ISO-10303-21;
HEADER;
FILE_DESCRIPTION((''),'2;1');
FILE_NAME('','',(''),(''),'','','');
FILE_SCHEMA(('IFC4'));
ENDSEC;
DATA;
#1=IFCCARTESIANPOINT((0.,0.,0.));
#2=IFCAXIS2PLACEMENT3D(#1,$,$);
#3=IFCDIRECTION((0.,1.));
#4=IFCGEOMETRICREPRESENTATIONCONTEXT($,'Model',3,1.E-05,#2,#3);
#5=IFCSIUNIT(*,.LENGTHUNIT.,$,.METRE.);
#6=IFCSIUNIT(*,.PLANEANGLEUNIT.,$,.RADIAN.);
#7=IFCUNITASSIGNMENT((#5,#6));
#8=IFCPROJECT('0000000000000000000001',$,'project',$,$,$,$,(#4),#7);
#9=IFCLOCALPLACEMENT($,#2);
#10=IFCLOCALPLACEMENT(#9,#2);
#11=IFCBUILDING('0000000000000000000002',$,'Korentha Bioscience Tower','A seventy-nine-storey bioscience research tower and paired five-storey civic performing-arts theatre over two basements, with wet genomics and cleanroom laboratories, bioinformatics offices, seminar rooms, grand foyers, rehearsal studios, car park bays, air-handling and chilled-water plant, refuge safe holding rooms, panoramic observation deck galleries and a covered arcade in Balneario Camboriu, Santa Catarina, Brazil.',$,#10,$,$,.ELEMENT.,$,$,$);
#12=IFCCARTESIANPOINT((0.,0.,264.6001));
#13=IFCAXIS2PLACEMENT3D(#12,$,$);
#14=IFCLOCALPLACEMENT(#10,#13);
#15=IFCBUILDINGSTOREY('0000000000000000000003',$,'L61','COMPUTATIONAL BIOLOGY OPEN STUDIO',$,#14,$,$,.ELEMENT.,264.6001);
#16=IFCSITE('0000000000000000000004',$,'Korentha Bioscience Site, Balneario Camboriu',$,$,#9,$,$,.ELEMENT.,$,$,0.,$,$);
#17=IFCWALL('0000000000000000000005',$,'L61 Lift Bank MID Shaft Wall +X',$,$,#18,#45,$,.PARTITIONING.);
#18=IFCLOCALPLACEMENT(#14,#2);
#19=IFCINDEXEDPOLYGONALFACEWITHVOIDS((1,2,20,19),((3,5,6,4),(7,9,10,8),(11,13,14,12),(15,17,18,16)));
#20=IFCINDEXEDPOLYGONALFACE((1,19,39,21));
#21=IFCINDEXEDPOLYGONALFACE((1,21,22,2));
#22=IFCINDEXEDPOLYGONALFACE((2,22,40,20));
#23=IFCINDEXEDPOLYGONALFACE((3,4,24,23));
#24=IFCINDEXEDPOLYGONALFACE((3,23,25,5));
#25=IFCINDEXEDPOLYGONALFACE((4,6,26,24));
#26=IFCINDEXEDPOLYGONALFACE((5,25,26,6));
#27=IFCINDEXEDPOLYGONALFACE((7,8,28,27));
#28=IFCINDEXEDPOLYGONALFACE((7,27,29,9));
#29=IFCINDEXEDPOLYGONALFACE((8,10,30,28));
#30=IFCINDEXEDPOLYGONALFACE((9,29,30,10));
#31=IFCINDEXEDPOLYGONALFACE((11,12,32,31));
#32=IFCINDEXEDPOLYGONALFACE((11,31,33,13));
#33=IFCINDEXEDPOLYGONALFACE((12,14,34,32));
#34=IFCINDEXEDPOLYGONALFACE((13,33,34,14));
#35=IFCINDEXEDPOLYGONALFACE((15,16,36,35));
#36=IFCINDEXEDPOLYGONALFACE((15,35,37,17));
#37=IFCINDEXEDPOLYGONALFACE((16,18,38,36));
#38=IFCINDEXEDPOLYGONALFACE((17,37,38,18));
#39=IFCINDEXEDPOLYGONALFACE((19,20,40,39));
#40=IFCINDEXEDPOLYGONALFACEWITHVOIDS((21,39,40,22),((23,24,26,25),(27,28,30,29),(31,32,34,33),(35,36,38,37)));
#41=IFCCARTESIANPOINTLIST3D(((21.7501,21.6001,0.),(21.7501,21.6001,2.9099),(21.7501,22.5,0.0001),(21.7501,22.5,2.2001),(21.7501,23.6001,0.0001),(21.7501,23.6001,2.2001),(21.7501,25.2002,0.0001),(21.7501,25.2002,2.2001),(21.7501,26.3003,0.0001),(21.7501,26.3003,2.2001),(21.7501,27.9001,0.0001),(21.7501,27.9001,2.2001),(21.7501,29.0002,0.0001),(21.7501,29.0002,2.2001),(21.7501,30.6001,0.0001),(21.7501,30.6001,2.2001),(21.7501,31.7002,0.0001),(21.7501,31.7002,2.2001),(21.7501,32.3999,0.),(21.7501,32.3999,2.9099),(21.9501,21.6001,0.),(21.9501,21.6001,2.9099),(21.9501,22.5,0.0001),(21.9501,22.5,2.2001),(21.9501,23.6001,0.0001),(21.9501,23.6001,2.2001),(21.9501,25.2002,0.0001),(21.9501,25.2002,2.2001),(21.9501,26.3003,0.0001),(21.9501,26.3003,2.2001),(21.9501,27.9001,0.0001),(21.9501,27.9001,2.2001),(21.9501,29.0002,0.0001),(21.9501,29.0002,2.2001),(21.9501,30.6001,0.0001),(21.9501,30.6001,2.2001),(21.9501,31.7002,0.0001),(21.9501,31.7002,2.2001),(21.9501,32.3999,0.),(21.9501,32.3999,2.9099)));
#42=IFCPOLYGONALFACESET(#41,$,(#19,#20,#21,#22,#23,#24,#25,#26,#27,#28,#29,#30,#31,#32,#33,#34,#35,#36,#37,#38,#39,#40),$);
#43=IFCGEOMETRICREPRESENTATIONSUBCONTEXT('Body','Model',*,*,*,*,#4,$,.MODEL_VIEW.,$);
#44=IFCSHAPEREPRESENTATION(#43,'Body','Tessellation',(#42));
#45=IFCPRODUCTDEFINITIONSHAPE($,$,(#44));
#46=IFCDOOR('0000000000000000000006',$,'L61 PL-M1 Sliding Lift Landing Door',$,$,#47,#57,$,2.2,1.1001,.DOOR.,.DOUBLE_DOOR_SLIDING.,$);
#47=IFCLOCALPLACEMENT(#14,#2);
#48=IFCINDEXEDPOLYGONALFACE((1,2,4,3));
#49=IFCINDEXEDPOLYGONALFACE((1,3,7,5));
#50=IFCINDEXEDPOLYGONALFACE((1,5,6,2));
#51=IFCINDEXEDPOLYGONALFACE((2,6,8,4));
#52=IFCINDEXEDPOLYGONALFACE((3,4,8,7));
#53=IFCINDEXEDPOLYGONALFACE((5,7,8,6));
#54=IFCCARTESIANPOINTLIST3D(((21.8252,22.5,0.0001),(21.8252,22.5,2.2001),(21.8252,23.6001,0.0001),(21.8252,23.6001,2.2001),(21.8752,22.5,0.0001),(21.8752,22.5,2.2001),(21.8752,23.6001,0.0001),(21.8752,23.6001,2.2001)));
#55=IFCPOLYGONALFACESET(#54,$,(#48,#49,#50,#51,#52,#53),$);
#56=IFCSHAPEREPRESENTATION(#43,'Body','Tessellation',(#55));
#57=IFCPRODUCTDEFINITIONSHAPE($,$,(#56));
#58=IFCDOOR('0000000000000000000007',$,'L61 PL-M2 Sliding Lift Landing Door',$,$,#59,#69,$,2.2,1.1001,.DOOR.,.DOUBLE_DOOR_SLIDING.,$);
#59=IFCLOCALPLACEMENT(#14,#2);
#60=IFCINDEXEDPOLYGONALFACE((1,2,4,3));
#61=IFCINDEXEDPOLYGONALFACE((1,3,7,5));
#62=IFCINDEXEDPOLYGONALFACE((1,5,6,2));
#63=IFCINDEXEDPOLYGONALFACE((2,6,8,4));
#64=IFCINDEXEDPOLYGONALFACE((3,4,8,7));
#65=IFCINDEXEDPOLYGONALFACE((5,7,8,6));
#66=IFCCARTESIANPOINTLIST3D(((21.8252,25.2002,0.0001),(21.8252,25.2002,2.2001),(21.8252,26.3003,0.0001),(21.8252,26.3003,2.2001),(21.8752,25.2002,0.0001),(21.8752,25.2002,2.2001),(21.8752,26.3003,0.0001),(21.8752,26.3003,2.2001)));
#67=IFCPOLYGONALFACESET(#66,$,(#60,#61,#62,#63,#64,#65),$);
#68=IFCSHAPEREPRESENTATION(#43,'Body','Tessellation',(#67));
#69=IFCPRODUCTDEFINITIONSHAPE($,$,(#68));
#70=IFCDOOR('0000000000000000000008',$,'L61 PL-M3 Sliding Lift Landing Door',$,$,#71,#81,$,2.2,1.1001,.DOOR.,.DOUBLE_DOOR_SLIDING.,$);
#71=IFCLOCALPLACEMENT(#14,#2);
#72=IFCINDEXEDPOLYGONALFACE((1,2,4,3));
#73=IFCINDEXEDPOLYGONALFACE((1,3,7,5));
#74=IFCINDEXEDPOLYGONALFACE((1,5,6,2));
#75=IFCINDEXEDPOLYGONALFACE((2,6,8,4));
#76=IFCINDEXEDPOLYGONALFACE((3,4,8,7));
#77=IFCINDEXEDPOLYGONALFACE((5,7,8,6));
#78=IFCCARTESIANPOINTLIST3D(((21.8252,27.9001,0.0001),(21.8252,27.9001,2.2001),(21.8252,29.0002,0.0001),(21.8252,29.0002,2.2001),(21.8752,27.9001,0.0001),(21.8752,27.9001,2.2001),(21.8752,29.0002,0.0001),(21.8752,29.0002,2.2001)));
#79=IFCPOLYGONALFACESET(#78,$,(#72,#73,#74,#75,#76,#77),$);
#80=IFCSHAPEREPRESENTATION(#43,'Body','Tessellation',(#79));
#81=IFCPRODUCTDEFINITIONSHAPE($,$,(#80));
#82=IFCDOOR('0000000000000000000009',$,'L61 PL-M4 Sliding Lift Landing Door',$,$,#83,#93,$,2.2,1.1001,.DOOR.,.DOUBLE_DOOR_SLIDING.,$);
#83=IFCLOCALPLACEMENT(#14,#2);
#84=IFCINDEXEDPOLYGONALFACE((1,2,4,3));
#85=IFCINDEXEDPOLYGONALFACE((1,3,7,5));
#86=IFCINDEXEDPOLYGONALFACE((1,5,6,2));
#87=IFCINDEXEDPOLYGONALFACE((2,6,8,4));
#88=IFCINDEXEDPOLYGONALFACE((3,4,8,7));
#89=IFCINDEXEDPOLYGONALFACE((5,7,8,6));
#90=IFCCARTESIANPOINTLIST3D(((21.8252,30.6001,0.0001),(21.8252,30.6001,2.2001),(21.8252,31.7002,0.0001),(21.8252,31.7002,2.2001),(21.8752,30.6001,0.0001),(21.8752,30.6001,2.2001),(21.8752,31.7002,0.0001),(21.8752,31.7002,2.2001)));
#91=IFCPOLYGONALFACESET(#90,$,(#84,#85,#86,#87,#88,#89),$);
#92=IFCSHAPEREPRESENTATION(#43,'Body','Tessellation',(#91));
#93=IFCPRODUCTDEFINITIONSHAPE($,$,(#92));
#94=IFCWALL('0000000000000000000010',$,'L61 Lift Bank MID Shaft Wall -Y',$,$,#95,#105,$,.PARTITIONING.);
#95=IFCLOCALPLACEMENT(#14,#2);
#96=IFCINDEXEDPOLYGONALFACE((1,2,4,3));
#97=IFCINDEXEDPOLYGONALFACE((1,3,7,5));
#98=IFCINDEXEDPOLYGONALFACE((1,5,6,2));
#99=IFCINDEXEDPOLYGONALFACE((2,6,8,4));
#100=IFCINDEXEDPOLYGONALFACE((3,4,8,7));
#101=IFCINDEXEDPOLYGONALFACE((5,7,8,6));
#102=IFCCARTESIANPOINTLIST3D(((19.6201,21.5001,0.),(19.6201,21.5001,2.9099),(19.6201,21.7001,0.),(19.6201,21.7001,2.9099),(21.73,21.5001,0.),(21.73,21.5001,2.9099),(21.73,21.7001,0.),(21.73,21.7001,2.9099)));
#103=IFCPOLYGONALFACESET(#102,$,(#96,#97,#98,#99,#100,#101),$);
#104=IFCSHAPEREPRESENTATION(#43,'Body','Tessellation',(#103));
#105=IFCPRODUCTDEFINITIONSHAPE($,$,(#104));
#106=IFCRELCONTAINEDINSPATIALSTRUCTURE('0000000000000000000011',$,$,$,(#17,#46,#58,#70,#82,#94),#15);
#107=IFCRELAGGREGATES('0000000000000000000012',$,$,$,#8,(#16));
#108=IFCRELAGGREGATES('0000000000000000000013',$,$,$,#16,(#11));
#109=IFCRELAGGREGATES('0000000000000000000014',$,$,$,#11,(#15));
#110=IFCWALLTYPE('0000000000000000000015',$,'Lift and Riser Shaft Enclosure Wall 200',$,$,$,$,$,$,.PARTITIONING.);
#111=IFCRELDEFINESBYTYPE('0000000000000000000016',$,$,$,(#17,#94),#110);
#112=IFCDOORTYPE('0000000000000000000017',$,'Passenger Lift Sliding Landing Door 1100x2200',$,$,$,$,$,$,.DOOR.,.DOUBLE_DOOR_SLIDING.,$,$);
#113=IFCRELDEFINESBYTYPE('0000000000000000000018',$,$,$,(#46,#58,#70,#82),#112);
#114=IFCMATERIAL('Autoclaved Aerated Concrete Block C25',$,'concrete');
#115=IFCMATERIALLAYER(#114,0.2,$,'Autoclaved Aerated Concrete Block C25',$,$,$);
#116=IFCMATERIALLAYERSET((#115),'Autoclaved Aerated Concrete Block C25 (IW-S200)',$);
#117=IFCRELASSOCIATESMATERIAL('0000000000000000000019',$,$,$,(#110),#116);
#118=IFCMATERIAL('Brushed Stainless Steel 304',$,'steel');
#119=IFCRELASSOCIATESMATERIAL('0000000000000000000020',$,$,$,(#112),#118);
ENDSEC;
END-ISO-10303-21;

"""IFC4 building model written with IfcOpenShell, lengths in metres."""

from ifc_helpers import new_model, si_unit, direction, frame, frame_2d, origin, place, context, subcontext, project, spatial, rectangle, extrude, material, layer, layer_set, type_object, element, fill, save


model = new_model("IFC4")

# Units and contexts
model_context = context("Model", 3, precision=1e-05, world=origin(), true_north=direction((0.0, 1.0)))
body_context = subcontext(model_context, "Body", "Model", "MODEL_VIEW")
ifc_project = project(units=[si_unit("LENGTHUNIT", "METRE"), si_unit("PLANEANGLEUNIT", "RADIAN")], contexts=[model_context])

# Site, building, storey
site_placement = place(None, origin())
site = spatial("IfcSite", under=ifc_project, at=site_placement, Name="Korentha Bioscience Site, Balneario Camboriu", CompositionType="ELEMENT", RefElevation=0.0)
building_placement = place(site_placement, origin())
building = spatial("IfcBuilding", under=site, at=building_placement, Name="Korentha Bioscience Tower", Description="A seventy-nine-storey bioscience research tower and paired five-storey civic performing-arts theatre over two basements, with wet genomics and cleanroom laboratories, bioinformatics offices, seminar rooms, grand foyers, rehearsal studios, car park bays, air-handling and chilled-water plant, refuge safe holding rooms, panoramic observation deck galleries and a covered arcade in Balneario Camboriu, Santa Catarina, Brazil.", CompositionType="ELEMENT")
storey_placement = place(building_placement, frame((0.0, 0.0, 264.6001)))
storey = spatial("IfcBuildingStorey", under=building, at=storey_placement, Name="L61", Description="COMPUTATIONAL BIOLOGY OPEN STUDIO", CompositionType="ELEMENT", Elevation=264.6001)

# Shared definitions
ifc_material_1 = material(Name="Autoclaved Aerated Concrete Block C25", Category="concrete")
ifc_layer_1 = layer(ifc_material_1, 0.2, Name="Autoclaved Aerated Concrete Block C25")
ifc_layer_set_1 = layer_set([ifc_layer_1], Name="Autoclaved Aerated Concrete Block C25 (IW-S200)")
wall_type_1 = type_object("IfcWallType", Name="Lift and Riser Shaft Enclosure Wall 200", PredefinedType="PARTITIONING", material=ifc_layer_set_1)

# Wall, openings, doors
wall_1_placement = place(storey_placement, frame((21.8501, 21.6001, 0.0), z_axis=(0.0, 0.0, 1.0), x_axis=(0.0, 1.0, 0.0)))
wall_1 = element("IfcWall", 1, at=wall_1_placement, inside=storey, type_object=wall_type_1, Name="L61 Lift Bank MID Shaft Wall +X", PredefinedType="PARTITIONING", context=body_context, shape_type="SweptSolid", body=[
    extrude(rectangle(XDim=10.7998, YDim=0.2, at=frame_2d((5.3999, 0.0))), origin(), (0.0, 0.0, 1.0), 2.9099),
])
opening_1_placement = place(wall_1_placement, frame((0.8999, 0.0, 0.0)))
opening_1 = element("IfcOpeningElement", 2, at=opening_1_placement, cuts=wall_1, PredefinedType="OPENING", context=body_context, shape_type="SweptSolid", body=[
    extrude(rectangle(XDim=1.1001, YDim=2.2, at=frame_2d((0.55, 1.1001))), frame((0.0, 0.1147, 0.0), z_axis=(0.0, -1.0, 0.0), x_axis=(1.0, 0.0, 0.0)), (0.0, 0.0, 1.0), 0.2297),
])
opening_2_placement = place(wall_1_placement, frame((3.6001, 0.0, 0.0)))
opening_2 = element("IfcOpeningElement", 3, at=opening_2_placement, cuts=wall_1, PredefinedType="OPENING", context=body_context, shape_type="SweptSolid", body=[
    extrude(rectangle(XDim=1.1001, YDim=2.2, at=frame_2d((0.55, 1.1001))), frame((0.0, 0.1147, 0.0), z_axis=(0.0, -1.0, 0.0), x_axis=(1.0, 0.0, 0.0)), (0.0, 0.0, 1.0), 0.2297),
])
opening_3_placement = place(wall_1_placement, frame((6.3, 0.0, 0.0)))
opening_3 = element("IfcOpeningElement", 4, at=opening_3_placement, cuts=wall_1, PredefinedType="OPENING", context=body_context, shape_type="SweptSolid", body=[
    extrude(rectangle(XDim=1.1001, YDim=2.2, at=frame_2d((0.55, 1.1001))), frame((0.0, 0.1147, 0.0), z_axis=(0.0, -1.0, 0.0), x_axis=(1.0, 0.0, 0.0)), (0.0, 0.0, 1.0), 0.2297),
])
opening_4_placement = place(wall_1_placement, frame((9.0, 0.0, 0.0)))
opening_4 = element("IfcOpeningElement", 5, at=opening_4_placement, cuts=wall_1, PredefinedType="OPENING", context=body_context, shape_type="SweptSolid", body=[
    extrude(rectangle(XDim=1.1001, YDim=2.2, at=frame_2d((0.55, 1.1001))), frame((0.0, 0.1147, 0.0), z_axis=(0.0, -1.0, 0.0), x_axis=(1.0, 0.0, 0.0)), (0.0, 0.0, 1.0), 0.2297),
])
ifc_material_2 = material(Name="Brushed Stainless Steel 304", Category="steel")
door_type_1 = type_object("IfcDoorType", Name="Passenger Lift Sliding Landing Door 1100x2200", OperationType="DOUBLE_DOOR_SLIDING", PredefinedType="DOOR", material=ifc_material_2)
door_1_placement = place(opening_1_placement, origin())
door_1 = element("IfcDoor", 6, at=door_1_placement, inside=storey, type_object=door_type_1, Name="L61 PL-M1 Sliding Lift Landing Door", OperationType="DOUBLE_DOOR_SLIDING", OverallHeight=2.2, OverallWidth=1.1001, PredefinedType="DOOR", context=body_context, shape_type="SweptSolid", body=[
    extrude(rectangle(XDim=1.1001, YDim=2.2, at=frame_2d((0.55, 1.1001))), frame((0.0, 0.0249, 0.0), z_axis=(0.0, -1.0, 0.0), x_axis=(1.0, 0.0, 0.0)), (0.0, 0.0, 1.0), 0.05),
])
fill(opening_1, door_1)
door_2_placement = place(opening_2_placement, origin())
door_2 = element("IfcDoor", 7, at=door_2_placement, inside=storey, type_object=door_type_1, Name="L61 PL-M2 Sliding Lift Landing Door", OperationType="DOUBLE_DOOR_SLIDING", OverallHeight=2.2, OverallWidth=1.1001, PredefinedType="DOOR", context=body_context, shape_type="SweptSolid", body=[
    extrude(rectangle(XDim=1.1001, YDim=2.2, at=frame_2d((0.55, 1.1001))), frame((0.0, 0.0249, 0.0), z_axis=(0.0, -1.0, 0.0), x_axis=(1.0, 0.0, 0.0)), (0.0, 0.0, 1.0), 0.05),
])
fill(opening_2, door_2)
door_3_placement = place(opening_3_placement, origin())
door_3 = element("IfcDoor", 8, at=door_3_placement, inside=storey, type_object=door_type_1, Name="L61 PL-M3 Sliding Lift Landing Door", OperationType="DOUBLE_DOOR_SLIDING", OverallHeight=2.2, OverallWidth=1.1001, PredefinedType="DOOR", context=body_context, shape_type="SweptSolid", body=[
    extrude(rectangle(XDim=1.1001, YDim=2.2, at=frame_2d((0.55, 1.1001))), frame((0.0, 0.0249, 0.0), z_axis=(0.0, -1.0, 0.0), x_axis=(1.0, 0.0, 0.0)), (0.0, 0.0, 1.0), 0.05),
])
fill(opening_3, door_3)
door_4_placement = place(opening_4_placement, origin())
door_4 = element("IfcDoor", 9, at=door_4_placement, inside=storey, type_object=door_type_1, Name="L61 PL-M4 Sliding Lift Landing Door", OperationType="DOUBLE_DOOR_SLIDING", OverallHeight=2.2, OverallWidth=1.1001, PredefinedType="DOOR", context=body_context, shape_type="SweptSolid", body=[
    extrude(rectangle(XDim=1.1001, YDim=2.2, at=frame_2d((0.55, 1.1001))), frame((0.0, 0.0249, 0.0), z_axis=(0.0, -1.0, 0.0), x_axis=(1.0, 0.0, 0.0)), (0.0, 0.0, 1.0), 0.05),
])
fill(opening_4, door_4)

# Wall
wall_2_placement = place(storey_placement, frame((19.6201, 21.6001, 0.0), z_axis=(0.0, 0.0, 1.0), x_axis=(1.0, 0.0, 0.0)))
element("IfcWall", 10, at=wall_2_placement, inside=storey, type_object=wall_type_1, Name="L61 Lift Bank MID Shaft Wall -Y", PredefinedType="PARTITIONING", context=body_context, shape_type="SweptSolid", body=[
    extrude(rectangle(XDim=2.1099, YDim=0.2, at=frame_2d((1.0549, 0.0))), origin(), (0.0, 0.0, 1.0), 2.9099),
])

save(model, "model.ifc")
